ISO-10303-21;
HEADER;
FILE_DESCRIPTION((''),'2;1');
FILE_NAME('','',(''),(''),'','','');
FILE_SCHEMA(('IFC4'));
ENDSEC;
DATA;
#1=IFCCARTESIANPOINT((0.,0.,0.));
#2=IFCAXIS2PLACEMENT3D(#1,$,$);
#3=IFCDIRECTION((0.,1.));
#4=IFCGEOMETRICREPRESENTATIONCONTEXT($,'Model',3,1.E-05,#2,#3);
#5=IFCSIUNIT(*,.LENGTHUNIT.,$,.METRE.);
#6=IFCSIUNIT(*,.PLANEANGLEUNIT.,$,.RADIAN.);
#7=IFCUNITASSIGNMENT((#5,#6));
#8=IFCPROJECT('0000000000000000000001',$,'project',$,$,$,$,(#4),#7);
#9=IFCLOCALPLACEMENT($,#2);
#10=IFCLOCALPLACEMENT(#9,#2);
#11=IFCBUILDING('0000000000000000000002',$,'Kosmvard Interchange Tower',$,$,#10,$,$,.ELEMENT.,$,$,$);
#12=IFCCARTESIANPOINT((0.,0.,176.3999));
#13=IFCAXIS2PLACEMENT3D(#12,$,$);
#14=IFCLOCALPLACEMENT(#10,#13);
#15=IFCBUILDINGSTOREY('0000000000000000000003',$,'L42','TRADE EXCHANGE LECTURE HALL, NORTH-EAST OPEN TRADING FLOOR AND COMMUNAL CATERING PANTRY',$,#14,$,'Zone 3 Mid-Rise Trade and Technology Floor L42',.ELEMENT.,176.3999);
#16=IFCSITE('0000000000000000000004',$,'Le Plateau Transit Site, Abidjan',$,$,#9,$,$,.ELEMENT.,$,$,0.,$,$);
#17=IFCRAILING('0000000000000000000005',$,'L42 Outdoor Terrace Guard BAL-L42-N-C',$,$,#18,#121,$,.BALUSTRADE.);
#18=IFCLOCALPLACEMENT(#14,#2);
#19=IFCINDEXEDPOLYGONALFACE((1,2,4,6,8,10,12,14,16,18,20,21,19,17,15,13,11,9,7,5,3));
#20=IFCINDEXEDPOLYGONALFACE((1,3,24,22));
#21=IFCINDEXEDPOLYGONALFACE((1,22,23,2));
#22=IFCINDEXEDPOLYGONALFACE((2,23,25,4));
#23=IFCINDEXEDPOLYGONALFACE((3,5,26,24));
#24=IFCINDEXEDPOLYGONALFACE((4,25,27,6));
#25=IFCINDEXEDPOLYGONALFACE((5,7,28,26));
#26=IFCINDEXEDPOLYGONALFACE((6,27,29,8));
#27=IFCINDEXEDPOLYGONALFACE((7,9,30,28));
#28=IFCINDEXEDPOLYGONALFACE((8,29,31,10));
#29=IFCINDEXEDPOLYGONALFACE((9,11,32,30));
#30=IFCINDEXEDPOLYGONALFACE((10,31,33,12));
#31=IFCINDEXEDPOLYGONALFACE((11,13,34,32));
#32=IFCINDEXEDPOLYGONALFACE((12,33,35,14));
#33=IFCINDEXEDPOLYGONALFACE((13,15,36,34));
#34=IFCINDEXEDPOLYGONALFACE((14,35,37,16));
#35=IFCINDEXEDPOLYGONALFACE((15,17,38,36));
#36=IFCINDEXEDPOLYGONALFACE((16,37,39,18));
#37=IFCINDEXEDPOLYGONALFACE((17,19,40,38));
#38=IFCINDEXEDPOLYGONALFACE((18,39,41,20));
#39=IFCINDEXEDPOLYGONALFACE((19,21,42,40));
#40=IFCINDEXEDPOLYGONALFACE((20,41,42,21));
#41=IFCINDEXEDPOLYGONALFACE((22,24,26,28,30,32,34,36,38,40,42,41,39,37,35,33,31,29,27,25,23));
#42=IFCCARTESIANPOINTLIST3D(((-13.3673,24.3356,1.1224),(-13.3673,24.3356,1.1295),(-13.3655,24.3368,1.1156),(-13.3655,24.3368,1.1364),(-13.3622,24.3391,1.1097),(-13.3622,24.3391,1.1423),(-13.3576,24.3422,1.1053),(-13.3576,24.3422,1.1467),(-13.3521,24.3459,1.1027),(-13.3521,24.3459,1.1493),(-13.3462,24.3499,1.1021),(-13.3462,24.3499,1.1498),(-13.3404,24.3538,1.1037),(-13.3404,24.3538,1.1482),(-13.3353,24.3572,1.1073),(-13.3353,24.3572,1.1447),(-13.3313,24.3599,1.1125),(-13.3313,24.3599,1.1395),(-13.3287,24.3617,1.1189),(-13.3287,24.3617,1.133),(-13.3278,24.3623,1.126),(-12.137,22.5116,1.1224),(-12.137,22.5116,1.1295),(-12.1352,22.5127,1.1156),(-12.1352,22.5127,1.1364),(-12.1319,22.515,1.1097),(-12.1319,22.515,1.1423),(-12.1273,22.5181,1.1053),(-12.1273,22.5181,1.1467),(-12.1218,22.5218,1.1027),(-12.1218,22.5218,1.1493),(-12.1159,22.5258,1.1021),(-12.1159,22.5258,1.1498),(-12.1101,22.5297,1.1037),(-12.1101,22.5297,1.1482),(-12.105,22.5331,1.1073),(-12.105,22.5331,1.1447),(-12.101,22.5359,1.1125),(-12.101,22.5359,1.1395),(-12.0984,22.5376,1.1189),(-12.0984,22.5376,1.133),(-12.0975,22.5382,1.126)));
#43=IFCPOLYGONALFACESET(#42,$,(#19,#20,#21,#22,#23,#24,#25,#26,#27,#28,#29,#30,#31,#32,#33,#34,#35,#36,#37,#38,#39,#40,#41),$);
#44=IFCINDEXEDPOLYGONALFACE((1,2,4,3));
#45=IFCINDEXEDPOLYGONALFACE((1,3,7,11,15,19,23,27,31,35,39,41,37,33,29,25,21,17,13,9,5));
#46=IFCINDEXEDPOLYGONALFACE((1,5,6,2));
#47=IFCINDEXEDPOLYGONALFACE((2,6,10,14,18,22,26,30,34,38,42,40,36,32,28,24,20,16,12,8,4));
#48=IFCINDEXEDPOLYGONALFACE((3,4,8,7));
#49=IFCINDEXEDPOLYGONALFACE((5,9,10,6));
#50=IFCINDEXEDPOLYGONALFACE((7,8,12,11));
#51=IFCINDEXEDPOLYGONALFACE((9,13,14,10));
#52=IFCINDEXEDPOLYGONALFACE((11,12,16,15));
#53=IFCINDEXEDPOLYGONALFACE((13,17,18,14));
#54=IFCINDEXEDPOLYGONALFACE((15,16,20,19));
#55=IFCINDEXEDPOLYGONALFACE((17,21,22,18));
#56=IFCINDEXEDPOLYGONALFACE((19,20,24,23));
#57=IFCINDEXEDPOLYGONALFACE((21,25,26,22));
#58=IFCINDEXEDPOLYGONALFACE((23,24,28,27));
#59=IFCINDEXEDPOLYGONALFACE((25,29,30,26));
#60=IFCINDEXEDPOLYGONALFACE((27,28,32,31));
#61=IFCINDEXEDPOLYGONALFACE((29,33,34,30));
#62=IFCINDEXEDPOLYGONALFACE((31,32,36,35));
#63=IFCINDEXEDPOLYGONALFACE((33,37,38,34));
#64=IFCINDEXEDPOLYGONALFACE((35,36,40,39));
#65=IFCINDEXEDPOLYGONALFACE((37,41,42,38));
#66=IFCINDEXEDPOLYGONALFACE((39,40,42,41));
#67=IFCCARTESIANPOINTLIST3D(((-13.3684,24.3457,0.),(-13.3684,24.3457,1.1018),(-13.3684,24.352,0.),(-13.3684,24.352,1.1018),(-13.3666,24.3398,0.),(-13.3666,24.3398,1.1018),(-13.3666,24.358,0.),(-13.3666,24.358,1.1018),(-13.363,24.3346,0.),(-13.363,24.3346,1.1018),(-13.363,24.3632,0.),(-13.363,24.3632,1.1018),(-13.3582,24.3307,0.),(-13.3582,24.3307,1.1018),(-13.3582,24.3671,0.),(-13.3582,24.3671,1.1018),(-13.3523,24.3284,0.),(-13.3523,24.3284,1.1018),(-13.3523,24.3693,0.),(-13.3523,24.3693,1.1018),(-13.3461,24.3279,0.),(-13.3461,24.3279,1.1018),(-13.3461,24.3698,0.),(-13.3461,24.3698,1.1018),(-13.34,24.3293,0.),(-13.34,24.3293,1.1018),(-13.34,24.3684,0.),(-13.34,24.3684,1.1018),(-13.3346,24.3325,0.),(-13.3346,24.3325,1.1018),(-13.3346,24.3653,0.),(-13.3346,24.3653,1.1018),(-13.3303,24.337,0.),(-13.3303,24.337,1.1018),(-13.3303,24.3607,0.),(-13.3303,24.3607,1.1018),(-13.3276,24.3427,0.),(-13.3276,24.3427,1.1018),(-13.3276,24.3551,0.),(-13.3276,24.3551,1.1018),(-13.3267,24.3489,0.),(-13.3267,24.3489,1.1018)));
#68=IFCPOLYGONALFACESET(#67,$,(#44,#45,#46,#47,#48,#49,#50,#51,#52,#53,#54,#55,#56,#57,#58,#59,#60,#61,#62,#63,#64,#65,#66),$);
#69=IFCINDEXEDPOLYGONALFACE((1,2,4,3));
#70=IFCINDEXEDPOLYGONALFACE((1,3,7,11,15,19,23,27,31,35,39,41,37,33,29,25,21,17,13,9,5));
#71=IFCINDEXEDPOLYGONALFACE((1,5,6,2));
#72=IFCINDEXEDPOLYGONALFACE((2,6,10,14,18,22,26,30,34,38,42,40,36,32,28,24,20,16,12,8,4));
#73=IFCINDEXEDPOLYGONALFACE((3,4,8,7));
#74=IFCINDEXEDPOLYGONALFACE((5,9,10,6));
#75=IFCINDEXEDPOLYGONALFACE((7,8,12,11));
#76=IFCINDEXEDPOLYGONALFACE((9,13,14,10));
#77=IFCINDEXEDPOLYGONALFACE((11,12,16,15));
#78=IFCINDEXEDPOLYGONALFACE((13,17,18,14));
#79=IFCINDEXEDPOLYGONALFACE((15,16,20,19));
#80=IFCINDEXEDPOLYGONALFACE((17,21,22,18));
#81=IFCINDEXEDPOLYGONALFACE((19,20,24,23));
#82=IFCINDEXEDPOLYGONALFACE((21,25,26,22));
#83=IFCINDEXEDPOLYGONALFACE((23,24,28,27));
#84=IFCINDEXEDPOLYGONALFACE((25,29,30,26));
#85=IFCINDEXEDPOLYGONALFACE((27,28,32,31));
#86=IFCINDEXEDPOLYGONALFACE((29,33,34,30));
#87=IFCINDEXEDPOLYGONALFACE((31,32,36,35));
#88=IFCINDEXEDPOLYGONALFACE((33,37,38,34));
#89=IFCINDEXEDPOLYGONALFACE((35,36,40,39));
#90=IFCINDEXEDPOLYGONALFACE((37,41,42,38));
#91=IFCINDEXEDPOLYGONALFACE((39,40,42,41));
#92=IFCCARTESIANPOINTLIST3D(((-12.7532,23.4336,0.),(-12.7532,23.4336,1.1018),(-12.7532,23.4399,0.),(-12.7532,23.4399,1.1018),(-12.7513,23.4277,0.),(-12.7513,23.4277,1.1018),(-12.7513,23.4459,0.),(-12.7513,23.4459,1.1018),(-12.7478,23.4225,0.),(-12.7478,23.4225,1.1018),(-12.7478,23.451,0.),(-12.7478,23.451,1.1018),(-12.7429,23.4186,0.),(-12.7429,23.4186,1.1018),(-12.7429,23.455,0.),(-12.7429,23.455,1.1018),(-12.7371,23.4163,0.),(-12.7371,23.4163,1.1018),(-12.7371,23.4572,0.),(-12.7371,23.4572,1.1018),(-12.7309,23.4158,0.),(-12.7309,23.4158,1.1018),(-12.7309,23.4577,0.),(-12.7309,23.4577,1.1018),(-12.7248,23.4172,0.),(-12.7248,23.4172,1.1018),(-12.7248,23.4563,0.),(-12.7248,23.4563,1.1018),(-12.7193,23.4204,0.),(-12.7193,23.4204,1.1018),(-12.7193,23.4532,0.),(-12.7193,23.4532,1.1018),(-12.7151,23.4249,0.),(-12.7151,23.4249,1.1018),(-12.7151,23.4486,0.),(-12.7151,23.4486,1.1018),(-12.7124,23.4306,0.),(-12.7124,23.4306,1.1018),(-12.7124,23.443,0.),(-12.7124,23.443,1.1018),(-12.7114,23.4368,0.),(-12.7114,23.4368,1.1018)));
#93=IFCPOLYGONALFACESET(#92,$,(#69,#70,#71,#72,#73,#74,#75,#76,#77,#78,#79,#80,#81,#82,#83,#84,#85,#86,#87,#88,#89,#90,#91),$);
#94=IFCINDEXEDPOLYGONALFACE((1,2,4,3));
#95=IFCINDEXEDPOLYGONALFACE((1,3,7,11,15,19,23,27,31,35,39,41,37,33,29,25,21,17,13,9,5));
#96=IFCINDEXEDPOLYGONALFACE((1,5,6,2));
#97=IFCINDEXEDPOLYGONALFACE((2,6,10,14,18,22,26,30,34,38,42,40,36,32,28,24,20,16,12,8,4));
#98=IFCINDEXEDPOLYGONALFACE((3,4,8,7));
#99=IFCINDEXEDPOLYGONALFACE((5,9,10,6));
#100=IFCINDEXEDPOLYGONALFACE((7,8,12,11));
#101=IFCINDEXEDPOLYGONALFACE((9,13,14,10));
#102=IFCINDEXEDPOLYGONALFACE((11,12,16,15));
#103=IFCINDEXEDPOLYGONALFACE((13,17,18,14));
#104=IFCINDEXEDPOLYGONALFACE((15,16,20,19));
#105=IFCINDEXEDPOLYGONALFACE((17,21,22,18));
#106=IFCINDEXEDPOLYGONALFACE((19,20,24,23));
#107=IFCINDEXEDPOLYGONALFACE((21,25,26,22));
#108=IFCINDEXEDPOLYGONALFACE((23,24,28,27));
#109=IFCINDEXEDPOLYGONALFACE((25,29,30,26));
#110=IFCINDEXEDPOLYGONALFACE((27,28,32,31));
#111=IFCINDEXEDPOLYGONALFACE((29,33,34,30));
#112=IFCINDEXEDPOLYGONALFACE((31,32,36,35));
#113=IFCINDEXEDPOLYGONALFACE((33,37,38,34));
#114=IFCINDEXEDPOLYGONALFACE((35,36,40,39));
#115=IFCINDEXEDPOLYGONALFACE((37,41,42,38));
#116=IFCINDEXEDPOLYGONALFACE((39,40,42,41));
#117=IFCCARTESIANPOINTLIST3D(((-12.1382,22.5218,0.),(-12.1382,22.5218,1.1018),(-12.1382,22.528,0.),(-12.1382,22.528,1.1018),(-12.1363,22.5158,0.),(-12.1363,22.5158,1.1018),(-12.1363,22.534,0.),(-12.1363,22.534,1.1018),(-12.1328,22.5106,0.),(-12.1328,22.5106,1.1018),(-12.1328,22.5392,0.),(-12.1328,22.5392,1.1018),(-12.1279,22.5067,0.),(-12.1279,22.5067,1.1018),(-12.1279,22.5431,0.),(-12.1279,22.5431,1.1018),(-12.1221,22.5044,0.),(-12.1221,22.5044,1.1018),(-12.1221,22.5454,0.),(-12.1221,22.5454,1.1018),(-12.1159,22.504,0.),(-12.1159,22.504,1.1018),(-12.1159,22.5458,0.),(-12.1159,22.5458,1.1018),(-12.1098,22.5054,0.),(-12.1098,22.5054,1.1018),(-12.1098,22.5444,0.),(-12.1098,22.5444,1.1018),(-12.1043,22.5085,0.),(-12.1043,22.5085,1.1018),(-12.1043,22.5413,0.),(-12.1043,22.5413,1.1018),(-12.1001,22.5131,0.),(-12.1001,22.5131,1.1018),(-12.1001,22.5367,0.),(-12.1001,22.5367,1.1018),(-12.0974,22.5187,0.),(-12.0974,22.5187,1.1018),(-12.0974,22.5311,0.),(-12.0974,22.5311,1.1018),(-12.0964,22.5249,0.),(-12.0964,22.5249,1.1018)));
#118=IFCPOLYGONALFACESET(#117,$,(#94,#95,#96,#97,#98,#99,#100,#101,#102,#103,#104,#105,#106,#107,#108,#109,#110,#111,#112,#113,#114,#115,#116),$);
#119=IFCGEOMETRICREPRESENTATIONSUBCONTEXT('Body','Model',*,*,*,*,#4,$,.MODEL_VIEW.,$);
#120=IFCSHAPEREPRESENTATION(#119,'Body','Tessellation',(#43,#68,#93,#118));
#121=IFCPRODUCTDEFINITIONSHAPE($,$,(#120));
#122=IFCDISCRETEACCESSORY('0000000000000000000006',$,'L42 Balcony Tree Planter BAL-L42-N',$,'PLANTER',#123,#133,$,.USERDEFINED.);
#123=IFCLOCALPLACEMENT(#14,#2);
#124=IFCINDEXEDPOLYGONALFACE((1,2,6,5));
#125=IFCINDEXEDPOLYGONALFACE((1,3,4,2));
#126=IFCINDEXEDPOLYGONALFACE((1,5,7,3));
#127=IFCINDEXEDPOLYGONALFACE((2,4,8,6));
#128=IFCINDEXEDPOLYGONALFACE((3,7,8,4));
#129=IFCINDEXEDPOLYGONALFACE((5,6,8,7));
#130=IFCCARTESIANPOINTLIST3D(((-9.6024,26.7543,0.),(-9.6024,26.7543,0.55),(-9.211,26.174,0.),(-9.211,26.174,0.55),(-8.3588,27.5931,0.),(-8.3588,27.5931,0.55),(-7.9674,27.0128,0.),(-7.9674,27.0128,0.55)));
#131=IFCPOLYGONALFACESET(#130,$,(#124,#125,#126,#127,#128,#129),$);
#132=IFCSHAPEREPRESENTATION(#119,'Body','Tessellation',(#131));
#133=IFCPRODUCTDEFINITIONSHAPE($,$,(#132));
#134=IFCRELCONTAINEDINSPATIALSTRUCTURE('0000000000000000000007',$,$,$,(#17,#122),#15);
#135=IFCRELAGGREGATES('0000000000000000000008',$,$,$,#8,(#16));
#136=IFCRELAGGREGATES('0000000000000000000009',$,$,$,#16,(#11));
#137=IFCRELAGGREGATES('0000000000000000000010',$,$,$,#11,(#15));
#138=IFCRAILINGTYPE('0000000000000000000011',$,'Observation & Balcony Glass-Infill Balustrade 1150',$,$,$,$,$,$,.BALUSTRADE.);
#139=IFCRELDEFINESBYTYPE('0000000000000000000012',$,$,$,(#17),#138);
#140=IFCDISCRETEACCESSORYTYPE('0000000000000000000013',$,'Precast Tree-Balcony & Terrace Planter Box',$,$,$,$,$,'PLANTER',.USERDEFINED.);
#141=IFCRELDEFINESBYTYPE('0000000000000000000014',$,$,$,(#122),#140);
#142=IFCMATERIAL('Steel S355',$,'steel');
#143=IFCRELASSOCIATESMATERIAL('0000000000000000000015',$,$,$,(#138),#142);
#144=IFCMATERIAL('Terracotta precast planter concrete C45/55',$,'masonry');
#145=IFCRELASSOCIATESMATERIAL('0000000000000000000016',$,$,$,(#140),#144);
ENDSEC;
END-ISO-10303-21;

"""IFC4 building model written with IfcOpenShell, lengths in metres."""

from ifc_helpers import new_model, si_unit, direction, frame, origin, origin_2d, place, context, subcontext, project, spatial, rectangle, circle, extrude, source, transform, mapped, material, type_object, element, save


model = new_model("IFC4")

# Units and contexts
model_context = context("Model", 3, precision=1e-05, world=origin(), true_north=direction((0.0, 1.0)))
body_context = subcontext(model_context, "Body", "Model", "MODEL_VIEW")
ifc_project = project(units=[si_unit("LENGTHUNIT", "METRE"), si_unit("PLANEANGLEUNIT", "RADIAN")], contexts=[model_context])

# Site, building, storey
site_placement = place(None, origin())
site = spatial("IfcSite", under=ifc_project, at=site_placement, Name="Le Plateau Transit Site, Abidjan", CompositionType="ELEMENT", RefElevation=0.0)
building_placement = place(site_placement, origin())
building = spatial("IfcBuilding", under=site, at=building_placement, Name="Kosmvard Interchange Tower", CompositionType="ELEMENT")
storey_placement = place(building_placement, frame((0.0, 0.0, 176.3999)))
storey = spatial("IfcBuildingStorey", under=building, at=storey_placement, Name="L42", Description="TRADE EXCHANGE LECTURE HALL, NORTH-EAST OPEN TRADING FLOOR AND COMMUNAL CATERING PANTRY", LongName="Zone 3 Mid-Rise Trade and Technology Floor L42", CompositionType="ELEMENT", Elevation=176.3999)

# Shared definitions
ifc_material_1 = material(Name="Steel S355", Category="steel")

# Railing
railing_type = type_object("IfcRailingType", Name="Observation & Balcony Glass-Infill Balustrade 1150", PredefinedType="BALUSTRADE", material=ifc_material_1)
shared_shape_1 = source(origin(), body_context, "Body", "SweptSolid", [
    extrude(circle(Radius=0.0239, at=origin_2d()), frame((0.0, 0.0, 1.126), z_axis=(0.559174, -0.829051, 0.0), x_axis=(0.829051, 0.559174, 0.0)), (0.0, 0.0, 1.0), 2.2002),
    extrude(circle(Radius=0.021, at=origin_2d()), origin(), (0.0, 0.0, 1.0), 1.1018),
    extrude(circle(Radius=0.021, at=origin_2d()), frame((0.6152, -0.9121, 0.0)), (0.0, 0.0, 1.0), 1.1018),
    extrude(circle(Radius=0.021, at=origin_2d()), frame((1.2302, -1.824, 0.0)), (0.0, 0.0, 1.0), 1.1018),
])
railing_placement = place(storey_placement, frame((-13.3477, 24.3489, 0.0)))
element("IfcRailing", 1, at=railing_placement, inside=storey, type_object=railing_type, Name="L42 Outdoor Terrace Guard BAL-L42-N-C", PredefinedType="BALUSTRADE", context=body_context, shape_type="MappedRepresentation", body=[
    mapped(shared_shape_1, transform((0.0, 0.0, 0.0), scale=1.0)),
])

# Discrete accessory
ifc_material_2 = material(Name="Terracotta precast planter concrete C45/55", Category="masonry")
discrete_accessory_type = type_object("IfcDiscreteAccessoryType", Name="Precast Tree-Balcony & Terrace Planter Box", ElementType="PLANTER", PredefinedType="USERDEFINED", material=ifc_material_2)
shared_shape_2 = source(origin(), body_context, "Body", "SweptSolid", [
    extrude(rectangle(XDim=1.5, YDim=0.7, at=origin_2d()), origin(), (0.0, 0.0, 1.0), 0.55),
])
discrete_accessory_placement = place(storey_placement, frame((-8.7849, 26.8835, 0.0), z_axis=(0.0, 0.0, 1.0), x_axis=(0.829038, 0.559193, 0.0)))
element("IfcDiscreteAccessory", 2, at=discrete_accessory_placement, inside=storey, type_object=discrete_accessory_type, Name="L42 Balcony Tree Planter BAL-L42-N", ObjectType="PLANTER", PredefinedType="USERDEFINED", context=body_context, shape_type="MappedRepresentation", body=[
    mapped(shared_shape_2, transform((0.0, 0.0, 0.0), scale=1.0)),
])

save(model, "model.ifc")
